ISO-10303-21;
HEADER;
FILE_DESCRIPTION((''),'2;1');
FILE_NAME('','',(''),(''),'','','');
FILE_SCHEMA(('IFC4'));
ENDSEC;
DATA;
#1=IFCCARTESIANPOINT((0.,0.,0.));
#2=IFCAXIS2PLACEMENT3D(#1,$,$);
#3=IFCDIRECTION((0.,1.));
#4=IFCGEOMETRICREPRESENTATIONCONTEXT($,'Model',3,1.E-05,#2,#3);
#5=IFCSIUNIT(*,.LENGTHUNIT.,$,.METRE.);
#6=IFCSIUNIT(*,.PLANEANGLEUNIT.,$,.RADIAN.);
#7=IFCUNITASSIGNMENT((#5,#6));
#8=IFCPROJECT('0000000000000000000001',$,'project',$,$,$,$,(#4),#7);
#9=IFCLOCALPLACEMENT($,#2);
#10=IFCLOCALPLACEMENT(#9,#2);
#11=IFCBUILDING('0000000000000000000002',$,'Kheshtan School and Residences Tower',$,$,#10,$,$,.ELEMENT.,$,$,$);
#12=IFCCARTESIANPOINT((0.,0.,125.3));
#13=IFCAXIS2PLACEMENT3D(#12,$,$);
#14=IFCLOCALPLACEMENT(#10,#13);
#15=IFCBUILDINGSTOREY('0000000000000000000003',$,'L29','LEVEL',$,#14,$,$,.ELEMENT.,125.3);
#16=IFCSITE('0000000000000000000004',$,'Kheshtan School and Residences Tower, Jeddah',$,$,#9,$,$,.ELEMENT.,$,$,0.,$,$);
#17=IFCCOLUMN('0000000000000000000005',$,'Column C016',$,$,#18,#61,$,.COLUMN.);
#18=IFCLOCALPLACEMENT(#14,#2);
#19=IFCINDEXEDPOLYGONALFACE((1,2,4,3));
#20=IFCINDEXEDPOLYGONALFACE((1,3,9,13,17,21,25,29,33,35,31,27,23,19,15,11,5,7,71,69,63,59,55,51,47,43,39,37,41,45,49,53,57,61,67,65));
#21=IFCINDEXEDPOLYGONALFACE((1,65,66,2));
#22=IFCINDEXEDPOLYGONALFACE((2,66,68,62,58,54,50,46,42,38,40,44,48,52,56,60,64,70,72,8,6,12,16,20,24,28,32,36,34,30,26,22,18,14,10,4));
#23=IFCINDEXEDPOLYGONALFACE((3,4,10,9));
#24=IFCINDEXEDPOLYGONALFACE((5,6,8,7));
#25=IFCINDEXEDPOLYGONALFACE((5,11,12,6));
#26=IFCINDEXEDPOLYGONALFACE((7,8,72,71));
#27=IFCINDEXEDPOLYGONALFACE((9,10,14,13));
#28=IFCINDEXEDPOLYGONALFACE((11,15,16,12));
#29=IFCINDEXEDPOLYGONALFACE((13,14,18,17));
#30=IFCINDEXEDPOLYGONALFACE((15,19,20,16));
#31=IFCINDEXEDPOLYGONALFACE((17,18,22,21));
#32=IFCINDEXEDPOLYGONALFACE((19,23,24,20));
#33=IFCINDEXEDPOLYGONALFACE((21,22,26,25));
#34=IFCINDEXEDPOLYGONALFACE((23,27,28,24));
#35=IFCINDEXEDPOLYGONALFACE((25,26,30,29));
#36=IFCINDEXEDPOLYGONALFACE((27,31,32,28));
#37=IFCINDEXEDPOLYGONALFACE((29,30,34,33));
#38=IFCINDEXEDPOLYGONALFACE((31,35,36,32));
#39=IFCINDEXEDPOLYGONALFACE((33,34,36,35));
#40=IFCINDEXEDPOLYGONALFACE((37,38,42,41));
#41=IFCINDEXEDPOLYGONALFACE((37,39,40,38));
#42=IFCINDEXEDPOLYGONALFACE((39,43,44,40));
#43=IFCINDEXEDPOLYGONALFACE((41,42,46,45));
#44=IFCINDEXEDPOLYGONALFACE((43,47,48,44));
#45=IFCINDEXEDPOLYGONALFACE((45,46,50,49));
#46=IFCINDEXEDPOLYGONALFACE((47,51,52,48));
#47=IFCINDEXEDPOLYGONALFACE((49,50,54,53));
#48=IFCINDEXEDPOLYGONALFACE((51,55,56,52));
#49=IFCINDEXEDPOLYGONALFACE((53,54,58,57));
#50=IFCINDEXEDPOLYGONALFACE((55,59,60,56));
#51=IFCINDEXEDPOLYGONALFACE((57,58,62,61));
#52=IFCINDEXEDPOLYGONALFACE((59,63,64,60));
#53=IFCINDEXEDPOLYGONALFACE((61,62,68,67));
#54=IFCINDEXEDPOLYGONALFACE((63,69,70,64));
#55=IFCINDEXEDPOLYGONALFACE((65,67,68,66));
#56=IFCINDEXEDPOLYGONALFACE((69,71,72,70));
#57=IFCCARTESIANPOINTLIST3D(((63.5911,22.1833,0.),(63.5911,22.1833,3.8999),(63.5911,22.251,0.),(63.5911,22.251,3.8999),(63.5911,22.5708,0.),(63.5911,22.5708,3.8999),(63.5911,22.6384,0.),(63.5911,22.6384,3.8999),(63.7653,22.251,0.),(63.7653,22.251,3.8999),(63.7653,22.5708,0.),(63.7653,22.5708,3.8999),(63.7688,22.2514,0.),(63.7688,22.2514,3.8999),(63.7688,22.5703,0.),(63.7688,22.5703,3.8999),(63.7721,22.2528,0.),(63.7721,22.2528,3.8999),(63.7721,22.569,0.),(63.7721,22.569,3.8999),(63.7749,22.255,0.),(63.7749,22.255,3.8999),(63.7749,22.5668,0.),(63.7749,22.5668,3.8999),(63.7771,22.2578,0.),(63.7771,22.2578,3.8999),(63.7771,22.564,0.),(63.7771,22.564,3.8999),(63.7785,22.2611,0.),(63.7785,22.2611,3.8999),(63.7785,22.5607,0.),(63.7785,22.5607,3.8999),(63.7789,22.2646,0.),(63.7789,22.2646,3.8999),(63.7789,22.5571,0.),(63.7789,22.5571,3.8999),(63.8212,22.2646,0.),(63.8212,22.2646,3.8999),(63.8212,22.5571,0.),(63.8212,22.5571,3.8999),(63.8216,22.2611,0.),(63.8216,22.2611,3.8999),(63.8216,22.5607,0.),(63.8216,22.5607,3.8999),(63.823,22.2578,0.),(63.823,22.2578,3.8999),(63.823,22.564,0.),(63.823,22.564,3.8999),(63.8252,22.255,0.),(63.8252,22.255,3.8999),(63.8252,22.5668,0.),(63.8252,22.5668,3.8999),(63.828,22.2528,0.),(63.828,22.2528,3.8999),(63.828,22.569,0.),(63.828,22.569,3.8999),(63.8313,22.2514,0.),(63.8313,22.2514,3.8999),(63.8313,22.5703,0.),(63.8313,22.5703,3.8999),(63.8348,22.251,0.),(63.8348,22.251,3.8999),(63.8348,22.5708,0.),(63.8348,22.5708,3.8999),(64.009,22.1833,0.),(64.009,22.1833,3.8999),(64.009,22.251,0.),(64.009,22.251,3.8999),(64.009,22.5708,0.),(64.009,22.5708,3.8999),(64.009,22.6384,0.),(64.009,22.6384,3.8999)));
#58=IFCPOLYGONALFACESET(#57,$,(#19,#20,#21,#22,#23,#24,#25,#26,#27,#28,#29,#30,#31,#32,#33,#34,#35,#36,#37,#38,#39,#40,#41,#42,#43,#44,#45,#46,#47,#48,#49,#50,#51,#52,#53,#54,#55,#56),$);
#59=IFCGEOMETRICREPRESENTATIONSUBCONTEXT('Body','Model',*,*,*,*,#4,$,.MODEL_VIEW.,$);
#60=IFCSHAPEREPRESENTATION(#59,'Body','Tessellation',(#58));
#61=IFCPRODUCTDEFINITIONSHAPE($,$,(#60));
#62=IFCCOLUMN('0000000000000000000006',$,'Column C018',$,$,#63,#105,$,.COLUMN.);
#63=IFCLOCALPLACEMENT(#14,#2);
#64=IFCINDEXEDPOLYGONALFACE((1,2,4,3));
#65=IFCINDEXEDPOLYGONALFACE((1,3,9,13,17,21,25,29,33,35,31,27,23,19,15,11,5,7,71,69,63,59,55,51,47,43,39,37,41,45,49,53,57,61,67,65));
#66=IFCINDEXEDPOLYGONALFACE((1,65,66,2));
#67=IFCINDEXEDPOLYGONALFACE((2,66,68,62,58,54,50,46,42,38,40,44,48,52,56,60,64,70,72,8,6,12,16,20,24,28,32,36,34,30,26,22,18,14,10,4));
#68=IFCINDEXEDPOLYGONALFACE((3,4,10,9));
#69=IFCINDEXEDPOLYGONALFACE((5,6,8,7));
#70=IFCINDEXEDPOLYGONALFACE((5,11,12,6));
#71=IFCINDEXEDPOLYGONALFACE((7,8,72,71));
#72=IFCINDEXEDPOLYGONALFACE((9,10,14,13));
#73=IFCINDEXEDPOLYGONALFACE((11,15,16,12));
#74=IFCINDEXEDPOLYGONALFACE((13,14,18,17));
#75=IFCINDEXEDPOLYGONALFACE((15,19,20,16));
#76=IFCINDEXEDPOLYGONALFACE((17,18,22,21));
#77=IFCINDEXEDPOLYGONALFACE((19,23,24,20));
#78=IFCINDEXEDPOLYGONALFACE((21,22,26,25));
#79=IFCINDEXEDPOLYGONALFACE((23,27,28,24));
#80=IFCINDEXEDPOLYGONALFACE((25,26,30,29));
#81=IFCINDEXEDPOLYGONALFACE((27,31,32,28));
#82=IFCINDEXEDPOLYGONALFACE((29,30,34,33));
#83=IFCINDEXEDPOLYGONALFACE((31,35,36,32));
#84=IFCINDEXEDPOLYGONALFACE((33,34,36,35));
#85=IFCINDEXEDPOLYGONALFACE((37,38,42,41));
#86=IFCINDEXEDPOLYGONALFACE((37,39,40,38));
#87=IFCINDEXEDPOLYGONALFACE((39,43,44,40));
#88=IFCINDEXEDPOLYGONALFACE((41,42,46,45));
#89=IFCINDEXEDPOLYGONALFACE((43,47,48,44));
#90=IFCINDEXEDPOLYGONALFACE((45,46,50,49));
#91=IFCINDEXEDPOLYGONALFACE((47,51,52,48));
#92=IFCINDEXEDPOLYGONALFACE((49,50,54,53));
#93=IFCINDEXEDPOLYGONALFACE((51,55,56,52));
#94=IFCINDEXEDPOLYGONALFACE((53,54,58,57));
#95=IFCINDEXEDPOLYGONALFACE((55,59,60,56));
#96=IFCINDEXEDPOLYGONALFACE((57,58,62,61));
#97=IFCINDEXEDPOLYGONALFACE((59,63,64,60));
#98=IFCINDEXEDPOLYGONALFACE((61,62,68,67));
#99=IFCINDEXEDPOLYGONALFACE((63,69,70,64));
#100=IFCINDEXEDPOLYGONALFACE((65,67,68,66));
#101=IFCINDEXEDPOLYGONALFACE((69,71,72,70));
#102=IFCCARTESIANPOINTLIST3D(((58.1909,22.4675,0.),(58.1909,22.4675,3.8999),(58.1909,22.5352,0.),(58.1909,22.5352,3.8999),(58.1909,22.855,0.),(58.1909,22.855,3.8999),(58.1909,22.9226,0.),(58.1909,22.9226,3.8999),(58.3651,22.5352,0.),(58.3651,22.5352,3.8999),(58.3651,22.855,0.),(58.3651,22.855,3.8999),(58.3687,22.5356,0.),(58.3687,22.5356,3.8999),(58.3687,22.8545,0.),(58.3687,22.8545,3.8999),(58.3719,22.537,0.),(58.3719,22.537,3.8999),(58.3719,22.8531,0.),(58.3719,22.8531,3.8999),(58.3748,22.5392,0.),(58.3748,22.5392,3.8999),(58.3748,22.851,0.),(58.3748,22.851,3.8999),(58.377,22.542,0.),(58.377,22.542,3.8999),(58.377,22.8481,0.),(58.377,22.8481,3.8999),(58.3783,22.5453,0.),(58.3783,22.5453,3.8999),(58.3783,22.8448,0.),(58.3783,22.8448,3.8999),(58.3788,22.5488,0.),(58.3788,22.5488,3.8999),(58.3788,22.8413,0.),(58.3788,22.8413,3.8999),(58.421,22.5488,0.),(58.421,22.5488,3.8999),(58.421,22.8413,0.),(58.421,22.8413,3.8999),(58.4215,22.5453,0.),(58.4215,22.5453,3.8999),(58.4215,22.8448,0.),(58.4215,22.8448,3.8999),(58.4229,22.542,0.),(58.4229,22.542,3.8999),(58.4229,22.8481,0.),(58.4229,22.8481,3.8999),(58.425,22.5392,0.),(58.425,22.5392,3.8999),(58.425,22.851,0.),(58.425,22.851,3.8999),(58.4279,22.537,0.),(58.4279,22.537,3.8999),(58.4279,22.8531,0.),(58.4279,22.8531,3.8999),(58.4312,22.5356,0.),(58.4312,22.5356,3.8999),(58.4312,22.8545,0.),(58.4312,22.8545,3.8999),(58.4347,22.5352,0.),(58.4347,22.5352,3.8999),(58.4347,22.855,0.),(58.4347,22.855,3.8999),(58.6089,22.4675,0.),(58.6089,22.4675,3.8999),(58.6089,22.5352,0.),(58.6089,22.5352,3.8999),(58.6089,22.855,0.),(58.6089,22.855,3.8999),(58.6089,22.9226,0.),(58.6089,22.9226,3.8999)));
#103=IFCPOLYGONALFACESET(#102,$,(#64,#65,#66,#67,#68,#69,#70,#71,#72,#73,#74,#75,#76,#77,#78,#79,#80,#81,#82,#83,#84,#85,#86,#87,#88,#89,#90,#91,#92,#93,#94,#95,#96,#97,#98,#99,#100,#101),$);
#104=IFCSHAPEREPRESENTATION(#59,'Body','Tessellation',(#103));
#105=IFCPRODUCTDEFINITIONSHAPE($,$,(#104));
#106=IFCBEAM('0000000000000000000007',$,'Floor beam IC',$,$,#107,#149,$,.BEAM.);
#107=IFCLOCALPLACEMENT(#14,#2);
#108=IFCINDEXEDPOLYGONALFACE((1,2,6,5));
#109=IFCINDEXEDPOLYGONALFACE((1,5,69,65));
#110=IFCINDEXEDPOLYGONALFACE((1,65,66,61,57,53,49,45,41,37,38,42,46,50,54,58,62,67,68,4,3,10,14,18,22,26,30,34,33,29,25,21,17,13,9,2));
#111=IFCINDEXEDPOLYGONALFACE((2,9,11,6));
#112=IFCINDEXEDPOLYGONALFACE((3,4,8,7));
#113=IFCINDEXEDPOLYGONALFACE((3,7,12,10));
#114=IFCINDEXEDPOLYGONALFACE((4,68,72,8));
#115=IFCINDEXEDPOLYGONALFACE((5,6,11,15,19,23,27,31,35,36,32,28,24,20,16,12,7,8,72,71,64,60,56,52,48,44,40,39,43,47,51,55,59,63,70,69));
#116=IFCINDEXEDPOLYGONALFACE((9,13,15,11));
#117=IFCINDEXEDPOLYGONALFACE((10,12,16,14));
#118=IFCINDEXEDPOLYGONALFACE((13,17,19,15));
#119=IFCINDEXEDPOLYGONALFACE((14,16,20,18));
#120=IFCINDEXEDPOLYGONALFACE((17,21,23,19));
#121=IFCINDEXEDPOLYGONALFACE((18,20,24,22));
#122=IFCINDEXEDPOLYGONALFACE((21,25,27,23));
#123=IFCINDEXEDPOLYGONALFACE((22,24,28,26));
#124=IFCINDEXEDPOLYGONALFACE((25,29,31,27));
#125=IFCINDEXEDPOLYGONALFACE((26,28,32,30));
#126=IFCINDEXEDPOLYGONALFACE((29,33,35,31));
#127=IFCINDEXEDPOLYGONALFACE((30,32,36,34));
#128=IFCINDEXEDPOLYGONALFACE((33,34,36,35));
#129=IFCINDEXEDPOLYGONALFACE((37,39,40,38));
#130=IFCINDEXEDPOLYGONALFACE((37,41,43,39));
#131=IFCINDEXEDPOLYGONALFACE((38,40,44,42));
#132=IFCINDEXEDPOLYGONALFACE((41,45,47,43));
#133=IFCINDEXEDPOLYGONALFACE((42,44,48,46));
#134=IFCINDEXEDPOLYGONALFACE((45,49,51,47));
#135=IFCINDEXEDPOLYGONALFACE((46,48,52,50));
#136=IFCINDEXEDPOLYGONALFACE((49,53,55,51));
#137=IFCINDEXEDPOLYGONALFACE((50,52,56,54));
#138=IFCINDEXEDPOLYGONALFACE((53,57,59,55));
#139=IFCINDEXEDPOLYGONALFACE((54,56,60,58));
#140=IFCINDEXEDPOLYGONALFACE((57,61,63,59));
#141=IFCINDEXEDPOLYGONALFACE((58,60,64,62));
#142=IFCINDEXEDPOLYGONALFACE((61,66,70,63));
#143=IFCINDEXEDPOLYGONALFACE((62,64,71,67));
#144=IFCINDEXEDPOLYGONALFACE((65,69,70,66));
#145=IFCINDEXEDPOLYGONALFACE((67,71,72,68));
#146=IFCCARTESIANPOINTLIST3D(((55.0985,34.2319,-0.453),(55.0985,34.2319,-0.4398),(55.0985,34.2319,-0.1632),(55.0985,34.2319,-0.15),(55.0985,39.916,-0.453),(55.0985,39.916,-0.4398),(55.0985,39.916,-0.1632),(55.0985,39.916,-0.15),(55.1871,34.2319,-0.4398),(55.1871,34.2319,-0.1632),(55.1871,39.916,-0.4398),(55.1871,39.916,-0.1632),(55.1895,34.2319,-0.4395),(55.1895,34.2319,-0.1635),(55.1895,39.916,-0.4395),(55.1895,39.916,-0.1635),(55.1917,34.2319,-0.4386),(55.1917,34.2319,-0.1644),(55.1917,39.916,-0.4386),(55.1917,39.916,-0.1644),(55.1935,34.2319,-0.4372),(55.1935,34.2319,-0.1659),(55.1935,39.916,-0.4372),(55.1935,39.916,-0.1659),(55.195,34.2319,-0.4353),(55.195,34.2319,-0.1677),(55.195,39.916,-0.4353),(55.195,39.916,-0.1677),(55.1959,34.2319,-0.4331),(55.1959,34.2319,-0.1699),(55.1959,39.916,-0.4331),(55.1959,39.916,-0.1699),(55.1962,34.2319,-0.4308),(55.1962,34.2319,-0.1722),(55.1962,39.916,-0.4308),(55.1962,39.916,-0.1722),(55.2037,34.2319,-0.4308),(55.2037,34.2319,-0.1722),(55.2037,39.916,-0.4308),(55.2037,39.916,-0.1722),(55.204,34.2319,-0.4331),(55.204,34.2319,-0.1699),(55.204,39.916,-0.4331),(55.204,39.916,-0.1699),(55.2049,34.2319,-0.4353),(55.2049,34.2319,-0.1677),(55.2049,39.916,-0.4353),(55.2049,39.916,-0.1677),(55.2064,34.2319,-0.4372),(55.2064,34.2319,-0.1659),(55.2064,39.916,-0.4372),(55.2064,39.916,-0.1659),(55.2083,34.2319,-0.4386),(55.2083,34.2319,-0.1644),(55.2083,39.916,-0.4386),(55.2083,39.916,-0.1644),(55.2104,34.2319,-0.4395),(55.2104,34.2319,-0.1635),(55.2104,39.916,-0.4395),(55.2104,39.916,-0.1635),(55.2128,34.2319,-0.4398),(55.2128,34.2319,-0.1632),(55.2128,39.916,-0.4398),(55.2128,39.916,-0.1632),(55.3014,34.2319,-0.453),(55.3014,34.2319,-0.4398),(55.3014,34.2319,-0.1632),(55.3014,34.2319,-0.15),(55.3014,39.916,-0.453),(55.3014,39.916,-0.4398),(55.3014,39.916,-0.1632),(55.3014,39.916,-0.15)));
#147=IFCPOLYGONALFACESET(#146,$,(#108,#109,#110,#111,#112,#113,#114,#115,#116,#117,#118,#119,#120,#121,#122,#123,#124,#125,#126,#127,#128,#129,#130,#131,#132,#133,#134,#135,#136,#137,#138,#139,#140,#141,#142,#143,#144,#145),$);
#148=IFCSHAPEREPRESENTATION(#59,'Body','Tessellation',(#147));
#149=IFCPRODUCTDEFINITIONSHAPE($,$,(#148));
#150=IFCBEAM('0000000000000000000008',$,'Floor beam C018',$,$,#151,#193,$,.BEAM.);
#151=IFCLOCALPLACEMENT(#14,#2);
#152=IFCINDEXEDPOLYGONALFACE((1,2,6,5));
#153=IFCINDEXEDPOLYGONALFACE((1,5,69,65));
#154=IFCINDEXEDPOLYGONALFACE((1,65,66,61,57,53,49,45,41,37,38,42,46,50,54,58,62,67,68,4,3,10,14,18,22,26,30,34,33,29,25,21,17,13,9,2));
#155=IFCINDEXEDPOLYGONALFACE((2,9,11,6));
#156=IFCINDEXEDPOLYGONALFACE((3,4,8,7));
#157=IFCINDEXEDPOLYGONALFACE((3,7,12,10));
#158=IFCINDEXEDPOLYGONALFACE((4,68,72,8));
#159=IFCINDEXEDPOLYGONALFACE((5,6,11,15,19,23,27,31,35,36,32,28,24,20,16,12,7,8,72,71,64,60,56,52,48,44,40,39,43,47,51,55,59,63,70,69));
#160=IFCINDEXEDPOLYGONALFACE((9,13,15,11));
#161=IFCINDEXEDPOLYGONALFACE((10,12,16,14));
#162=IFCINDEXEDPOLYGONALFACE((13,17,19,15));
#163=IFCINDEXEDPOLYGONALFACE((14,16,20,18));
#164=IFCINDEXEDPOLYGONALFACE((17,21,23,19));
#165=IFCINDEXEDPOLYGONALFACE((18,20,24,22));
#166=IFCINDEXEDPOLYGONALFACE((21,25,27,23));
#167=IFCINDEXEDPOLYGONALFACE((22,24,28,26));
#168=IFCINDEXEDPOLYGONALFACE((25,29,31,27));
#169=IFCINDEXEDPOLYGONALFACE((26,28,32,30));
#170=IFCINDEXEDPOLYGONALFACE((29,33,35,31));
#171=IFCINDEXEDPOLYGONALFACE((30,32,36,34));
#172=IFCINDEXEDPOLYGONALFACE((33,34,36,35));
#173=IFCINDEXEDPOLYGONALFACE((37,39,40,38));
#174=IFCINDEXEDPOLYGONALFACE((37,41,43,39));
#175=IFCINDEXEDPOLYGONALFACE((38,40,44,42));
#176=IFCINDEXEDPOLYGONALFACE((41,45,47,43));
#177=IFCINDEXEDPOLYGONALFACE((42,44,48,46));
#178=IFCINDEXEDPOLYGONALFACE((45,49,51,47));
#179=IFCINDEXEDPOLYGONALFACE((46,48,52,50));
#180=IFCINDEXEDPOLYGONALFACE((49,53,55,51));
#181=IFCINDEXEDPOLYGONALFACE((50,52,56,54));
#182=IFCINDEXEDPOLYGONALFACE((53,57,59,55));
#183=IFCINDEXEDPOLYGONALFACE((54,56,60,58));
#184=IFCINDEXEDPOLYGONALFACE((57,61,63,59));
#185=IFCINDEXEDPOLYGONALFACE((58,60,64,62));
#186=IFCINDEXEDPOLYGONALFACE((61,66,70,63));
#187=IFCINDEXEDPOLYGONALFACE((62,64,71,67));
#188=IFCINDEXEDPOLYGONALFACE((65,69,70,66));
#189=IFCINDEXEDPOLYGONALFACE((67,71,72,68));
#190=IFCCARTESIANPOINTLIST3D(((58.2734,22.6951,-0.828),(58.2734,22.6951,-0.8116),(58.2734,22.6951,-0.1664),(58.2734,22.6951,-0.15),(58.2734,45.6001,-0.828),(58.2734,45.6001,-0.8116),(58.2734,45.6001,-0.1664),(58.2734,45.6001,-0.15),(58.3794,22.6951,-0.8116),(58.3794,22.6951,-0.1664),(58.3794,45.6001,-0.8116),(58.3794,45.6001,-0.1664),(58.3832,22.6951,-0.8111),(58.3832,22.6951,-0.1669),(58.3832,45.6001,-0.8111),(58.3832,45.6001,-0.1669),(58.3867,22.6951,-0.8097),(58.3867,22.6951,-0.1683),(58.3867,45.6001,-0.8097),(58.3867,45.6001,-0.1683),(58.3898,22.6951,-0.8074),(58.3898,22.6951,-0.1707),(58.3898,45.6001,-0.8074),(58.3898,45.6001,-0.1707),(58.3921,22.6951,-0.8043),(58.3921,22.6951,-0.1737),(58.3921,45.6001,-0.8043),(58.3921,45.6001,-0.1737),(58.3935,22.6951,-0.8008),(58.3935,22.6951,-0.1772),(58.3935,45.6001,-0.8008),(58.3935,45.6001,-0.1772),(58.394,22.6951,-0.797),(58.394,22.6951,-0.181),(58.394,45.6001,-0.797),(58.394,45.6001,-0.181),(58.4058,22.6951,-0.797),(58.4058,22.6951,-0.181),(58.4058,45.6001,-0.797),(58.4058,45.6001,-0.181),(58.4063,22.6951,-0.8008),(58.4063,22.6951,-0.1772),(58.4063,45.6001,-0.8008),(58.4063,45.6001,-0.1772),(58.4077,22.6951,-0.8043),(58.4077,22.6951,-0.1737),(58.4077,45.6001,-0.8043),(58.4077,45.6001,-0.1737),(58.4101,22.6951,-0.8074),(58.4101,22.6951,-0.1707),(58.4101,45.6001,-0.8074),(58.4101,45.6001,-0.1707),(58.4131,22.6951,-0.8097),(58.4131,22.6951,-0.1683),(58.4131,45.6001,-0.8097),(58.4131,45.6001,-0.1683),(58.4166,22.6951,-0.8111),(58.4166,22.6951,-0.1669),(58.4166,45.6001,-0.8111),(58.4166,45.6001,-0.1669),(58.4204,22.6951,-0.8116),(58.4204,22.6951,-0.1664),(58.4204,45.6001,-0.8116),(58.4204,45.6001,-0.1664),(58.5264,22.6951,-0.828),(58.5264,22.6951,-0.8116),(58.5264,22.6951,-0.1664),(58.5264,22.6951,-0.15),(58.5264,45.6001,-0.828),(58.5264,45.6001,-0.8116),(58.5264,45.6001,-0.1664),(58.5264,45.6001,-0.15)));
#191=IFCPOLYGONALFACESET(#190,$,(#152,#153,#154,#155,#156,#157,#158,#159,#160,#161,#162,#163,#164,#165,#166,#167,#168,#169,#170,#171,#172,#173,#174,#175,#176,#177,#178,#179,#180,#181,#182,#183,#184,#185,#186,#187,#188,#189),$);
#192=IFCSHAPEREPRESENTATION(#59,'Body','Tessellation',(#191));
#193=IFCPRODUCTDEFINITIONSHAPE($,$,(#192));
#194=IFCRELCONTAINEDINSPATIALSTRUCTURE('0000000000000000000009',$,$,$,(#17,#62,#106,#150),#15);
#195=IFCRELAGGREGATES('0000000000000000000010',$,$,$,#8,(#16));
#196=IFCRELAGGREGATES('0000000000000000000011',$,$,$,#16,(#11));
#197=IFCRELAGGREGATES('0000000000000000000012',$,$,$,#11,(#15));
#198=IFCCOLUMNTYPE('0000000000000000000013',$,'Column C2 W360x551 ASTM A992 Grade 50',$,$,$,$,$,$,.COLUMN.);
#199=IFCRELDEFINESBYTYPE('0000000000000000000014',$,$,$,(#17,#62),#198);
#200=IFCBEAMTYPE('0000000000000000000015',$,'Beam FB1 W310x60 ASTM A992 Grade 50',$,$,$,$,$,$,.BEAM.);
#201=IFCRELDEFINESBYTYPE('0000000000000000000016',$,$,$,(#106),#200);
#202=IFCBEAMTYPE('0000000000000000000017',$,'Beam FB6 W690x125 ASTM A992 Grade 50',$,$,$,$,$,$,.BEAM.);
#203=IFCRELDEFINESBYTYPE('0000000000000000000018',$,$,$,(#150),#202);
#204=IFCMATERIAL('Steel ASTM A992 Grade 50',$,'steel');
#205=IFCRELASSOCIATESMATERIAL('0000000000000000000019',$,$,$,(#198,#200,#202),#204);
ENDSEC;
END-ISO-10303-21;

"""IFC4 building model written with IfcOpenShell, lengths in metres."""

from ifc_helpers import new_model, si_unit, direction, frame, origin, origin_2d, place, context, subcontext, project, spatial, i_section, extrude, material, material_profile, profile_set, type_object, element, save


model = new_model("IFC4")

# Units and contexts
model_context = context("Model", 3, precision=1e-05, world=origin(), true_north=direction((0.0, 1.0)))
body_context = subcontext(model_context, "Body", "Model", "MODEL_VIEW")
ifc_project = project(units=[si_unit("LENGTHUNIT", "METRE"), si_unit("PLANEANGLEUNIT", "RADIAN")], contexts=[model_context])

# Site, building, storey
site_placement = place(None, origin())
site = spatial("IfcSite", under=ifc_project, at=site_placement, Name="Kheshtan School and Residences Tower, Jeddah", CompositionType="ELEMENT", RefElevation=0.0)
building_placement = place(site_placement, origin())
building = spatial("IfcBuilding", under=site, at=building_placement, Name="Kheshtan School and Residences Tower", CompositionType="ELEMENT")
storey_placement = place(building_placement, frame((0.0, 0.0, 125.3)))
storey = spatial("IfcBuildingStorey", under=building, at=storey_placement, Name="L29", Description="LEVEL", CompositionType="ELEMENT", Elevation=125.3)

# Columns
ifc_material_1 = material(Name="Steel ASTM A992 Grade 50", Category="steel")
ifc_material_profile_1 = material_profile(ifc_material_1, i_section(OverallWidth=0.418, OverallDepth=0.4551, WebThickness=0.0422, FlangeThickness=0.0676, FilletRadius=0.0137, at=origin_2d()), Name="W360x551")
ifc_profile_set_1 = profile_set([ifc_material_profile_1], Name="Steel ASTM A992 Grade 50")
column_type = type_object("IfcColumnType", Name="Column C2 W360x551 ASTM A992 Grade 50", PredefinedType="COLUMN", material=ifc_profile_set_1)
for number, where, z_axis, x_axis, name in (
    (1, (63.8, 22.4109, 0.0), (0.0, 0.0, 1.0), (1.0, 0.0, 0.0), "Column C016"),
    (2, (58.3999, 22.6951, 0.0), (0.0, 0.0, 1.0), (1.0, 0.0, 0.0), "Column C018"),
):
    element("IfcColumn", number, at=place(storey_placement, frame(where, z_axis=z_axis, x_axis=x_axis)), inside=storey, type_object=column_type, Name=name, PredefinedType="COLUMN", context=body_context, shape_type="SweptSolid", body=[
        extrude(i_section(OverallWidth=0.418, OverallDepth=0.4551, WebThickness=0.0422, FlangeThickness=0.0676, FilletRadius=0.0137, at=origin_2d()), origin(), (0.0, 0.0, 1.0), 3.8999),
    ])

# Beams
ifc_material_profile_2 = material_profile(ifc_material_1, i_section(OverallWidth=0.2029, OverallDepth=0.303, WebThickness=0.0076, FlangeThickness=0.0132, FilletRadius=0.009, at=origin_2d()), Name="W310x60")
ifc_profile_set_2 = profile_set([ifc_material_profile_2], Name="Steel ASTM A992 Grade 50")
beam_type_1 = type_object("IfcBeamType", Name="Beam FB1 W310x60 ASTM A992 Grade 50", PredefinedType="BEAM", material=ifc_profile_set_2)
beam_1_placement = place(storey_placement, frame((55.2, 34.2319, -0.3015), z_axis=(0.0, 1.0, 0.0), x_axis=(-1.0, 0.0, 0.0)))
element("IfcBeam", 3, at=beam_1_placement, inside=storey, type_object=beam_type_1, Name="Floor beam IC", PredefinedType="BEAM", context=body_context, shape_type="SweptSolid", body=[
    extrude(i_section(OverallWidth=0.2029, OverallDepth=0.303, WebThickness=0.0076, FlangeThickness=0.0132, FilletRadius=0.009, at=origin_2d()), origin(), (0.0, 0.0, 1.0), 5.6841),
])
ifc_material_profile_3 = material_profile(ifc_material_1, i_section(OverallWidth=0.2529, OverallDepth=0.678, WebThickness=0.0117, FlangeThickness=0.0164, FilletRadius=0.0146, at=origin_2d()), Name="W690x125")
ifc_profile_set_3 = profile_set([ifc_material_profile_3], Name="Steel ASTM A992 Grade 50")
beam_type_2 = type_object("IfcBeamType", Name="Beam FB6 W690x125 ASTM A992 Grade 50", PredefinedType="BEAM", material=ifc_profile_set_3)
beam_2_placement = place(storey_placement, frame((58.3999, 22.6951, -0.489), z_axis=(0.0, 1.0, 0.0), x_axis=(-1.0, 0.0, 0.0)))
element("IfcBeam", 4, at=beam_2_placement, inside=storey, type_object=beam_type_2, Name="Floor beam C018", PredefinedType="BEAM", context=body_context, shape_type="SweptSolid", body=[
    extrude(i_section(OverallWidth=0.2529, OverallDepth=0.678, WebThickness=0.0117, FlangeThickness=0.0164, FilletRadius=0.0146, at=origin_2d()), origin(), (0.0, 0.0, 1.0), 22.905),
])

save(model, "model.ifc")
